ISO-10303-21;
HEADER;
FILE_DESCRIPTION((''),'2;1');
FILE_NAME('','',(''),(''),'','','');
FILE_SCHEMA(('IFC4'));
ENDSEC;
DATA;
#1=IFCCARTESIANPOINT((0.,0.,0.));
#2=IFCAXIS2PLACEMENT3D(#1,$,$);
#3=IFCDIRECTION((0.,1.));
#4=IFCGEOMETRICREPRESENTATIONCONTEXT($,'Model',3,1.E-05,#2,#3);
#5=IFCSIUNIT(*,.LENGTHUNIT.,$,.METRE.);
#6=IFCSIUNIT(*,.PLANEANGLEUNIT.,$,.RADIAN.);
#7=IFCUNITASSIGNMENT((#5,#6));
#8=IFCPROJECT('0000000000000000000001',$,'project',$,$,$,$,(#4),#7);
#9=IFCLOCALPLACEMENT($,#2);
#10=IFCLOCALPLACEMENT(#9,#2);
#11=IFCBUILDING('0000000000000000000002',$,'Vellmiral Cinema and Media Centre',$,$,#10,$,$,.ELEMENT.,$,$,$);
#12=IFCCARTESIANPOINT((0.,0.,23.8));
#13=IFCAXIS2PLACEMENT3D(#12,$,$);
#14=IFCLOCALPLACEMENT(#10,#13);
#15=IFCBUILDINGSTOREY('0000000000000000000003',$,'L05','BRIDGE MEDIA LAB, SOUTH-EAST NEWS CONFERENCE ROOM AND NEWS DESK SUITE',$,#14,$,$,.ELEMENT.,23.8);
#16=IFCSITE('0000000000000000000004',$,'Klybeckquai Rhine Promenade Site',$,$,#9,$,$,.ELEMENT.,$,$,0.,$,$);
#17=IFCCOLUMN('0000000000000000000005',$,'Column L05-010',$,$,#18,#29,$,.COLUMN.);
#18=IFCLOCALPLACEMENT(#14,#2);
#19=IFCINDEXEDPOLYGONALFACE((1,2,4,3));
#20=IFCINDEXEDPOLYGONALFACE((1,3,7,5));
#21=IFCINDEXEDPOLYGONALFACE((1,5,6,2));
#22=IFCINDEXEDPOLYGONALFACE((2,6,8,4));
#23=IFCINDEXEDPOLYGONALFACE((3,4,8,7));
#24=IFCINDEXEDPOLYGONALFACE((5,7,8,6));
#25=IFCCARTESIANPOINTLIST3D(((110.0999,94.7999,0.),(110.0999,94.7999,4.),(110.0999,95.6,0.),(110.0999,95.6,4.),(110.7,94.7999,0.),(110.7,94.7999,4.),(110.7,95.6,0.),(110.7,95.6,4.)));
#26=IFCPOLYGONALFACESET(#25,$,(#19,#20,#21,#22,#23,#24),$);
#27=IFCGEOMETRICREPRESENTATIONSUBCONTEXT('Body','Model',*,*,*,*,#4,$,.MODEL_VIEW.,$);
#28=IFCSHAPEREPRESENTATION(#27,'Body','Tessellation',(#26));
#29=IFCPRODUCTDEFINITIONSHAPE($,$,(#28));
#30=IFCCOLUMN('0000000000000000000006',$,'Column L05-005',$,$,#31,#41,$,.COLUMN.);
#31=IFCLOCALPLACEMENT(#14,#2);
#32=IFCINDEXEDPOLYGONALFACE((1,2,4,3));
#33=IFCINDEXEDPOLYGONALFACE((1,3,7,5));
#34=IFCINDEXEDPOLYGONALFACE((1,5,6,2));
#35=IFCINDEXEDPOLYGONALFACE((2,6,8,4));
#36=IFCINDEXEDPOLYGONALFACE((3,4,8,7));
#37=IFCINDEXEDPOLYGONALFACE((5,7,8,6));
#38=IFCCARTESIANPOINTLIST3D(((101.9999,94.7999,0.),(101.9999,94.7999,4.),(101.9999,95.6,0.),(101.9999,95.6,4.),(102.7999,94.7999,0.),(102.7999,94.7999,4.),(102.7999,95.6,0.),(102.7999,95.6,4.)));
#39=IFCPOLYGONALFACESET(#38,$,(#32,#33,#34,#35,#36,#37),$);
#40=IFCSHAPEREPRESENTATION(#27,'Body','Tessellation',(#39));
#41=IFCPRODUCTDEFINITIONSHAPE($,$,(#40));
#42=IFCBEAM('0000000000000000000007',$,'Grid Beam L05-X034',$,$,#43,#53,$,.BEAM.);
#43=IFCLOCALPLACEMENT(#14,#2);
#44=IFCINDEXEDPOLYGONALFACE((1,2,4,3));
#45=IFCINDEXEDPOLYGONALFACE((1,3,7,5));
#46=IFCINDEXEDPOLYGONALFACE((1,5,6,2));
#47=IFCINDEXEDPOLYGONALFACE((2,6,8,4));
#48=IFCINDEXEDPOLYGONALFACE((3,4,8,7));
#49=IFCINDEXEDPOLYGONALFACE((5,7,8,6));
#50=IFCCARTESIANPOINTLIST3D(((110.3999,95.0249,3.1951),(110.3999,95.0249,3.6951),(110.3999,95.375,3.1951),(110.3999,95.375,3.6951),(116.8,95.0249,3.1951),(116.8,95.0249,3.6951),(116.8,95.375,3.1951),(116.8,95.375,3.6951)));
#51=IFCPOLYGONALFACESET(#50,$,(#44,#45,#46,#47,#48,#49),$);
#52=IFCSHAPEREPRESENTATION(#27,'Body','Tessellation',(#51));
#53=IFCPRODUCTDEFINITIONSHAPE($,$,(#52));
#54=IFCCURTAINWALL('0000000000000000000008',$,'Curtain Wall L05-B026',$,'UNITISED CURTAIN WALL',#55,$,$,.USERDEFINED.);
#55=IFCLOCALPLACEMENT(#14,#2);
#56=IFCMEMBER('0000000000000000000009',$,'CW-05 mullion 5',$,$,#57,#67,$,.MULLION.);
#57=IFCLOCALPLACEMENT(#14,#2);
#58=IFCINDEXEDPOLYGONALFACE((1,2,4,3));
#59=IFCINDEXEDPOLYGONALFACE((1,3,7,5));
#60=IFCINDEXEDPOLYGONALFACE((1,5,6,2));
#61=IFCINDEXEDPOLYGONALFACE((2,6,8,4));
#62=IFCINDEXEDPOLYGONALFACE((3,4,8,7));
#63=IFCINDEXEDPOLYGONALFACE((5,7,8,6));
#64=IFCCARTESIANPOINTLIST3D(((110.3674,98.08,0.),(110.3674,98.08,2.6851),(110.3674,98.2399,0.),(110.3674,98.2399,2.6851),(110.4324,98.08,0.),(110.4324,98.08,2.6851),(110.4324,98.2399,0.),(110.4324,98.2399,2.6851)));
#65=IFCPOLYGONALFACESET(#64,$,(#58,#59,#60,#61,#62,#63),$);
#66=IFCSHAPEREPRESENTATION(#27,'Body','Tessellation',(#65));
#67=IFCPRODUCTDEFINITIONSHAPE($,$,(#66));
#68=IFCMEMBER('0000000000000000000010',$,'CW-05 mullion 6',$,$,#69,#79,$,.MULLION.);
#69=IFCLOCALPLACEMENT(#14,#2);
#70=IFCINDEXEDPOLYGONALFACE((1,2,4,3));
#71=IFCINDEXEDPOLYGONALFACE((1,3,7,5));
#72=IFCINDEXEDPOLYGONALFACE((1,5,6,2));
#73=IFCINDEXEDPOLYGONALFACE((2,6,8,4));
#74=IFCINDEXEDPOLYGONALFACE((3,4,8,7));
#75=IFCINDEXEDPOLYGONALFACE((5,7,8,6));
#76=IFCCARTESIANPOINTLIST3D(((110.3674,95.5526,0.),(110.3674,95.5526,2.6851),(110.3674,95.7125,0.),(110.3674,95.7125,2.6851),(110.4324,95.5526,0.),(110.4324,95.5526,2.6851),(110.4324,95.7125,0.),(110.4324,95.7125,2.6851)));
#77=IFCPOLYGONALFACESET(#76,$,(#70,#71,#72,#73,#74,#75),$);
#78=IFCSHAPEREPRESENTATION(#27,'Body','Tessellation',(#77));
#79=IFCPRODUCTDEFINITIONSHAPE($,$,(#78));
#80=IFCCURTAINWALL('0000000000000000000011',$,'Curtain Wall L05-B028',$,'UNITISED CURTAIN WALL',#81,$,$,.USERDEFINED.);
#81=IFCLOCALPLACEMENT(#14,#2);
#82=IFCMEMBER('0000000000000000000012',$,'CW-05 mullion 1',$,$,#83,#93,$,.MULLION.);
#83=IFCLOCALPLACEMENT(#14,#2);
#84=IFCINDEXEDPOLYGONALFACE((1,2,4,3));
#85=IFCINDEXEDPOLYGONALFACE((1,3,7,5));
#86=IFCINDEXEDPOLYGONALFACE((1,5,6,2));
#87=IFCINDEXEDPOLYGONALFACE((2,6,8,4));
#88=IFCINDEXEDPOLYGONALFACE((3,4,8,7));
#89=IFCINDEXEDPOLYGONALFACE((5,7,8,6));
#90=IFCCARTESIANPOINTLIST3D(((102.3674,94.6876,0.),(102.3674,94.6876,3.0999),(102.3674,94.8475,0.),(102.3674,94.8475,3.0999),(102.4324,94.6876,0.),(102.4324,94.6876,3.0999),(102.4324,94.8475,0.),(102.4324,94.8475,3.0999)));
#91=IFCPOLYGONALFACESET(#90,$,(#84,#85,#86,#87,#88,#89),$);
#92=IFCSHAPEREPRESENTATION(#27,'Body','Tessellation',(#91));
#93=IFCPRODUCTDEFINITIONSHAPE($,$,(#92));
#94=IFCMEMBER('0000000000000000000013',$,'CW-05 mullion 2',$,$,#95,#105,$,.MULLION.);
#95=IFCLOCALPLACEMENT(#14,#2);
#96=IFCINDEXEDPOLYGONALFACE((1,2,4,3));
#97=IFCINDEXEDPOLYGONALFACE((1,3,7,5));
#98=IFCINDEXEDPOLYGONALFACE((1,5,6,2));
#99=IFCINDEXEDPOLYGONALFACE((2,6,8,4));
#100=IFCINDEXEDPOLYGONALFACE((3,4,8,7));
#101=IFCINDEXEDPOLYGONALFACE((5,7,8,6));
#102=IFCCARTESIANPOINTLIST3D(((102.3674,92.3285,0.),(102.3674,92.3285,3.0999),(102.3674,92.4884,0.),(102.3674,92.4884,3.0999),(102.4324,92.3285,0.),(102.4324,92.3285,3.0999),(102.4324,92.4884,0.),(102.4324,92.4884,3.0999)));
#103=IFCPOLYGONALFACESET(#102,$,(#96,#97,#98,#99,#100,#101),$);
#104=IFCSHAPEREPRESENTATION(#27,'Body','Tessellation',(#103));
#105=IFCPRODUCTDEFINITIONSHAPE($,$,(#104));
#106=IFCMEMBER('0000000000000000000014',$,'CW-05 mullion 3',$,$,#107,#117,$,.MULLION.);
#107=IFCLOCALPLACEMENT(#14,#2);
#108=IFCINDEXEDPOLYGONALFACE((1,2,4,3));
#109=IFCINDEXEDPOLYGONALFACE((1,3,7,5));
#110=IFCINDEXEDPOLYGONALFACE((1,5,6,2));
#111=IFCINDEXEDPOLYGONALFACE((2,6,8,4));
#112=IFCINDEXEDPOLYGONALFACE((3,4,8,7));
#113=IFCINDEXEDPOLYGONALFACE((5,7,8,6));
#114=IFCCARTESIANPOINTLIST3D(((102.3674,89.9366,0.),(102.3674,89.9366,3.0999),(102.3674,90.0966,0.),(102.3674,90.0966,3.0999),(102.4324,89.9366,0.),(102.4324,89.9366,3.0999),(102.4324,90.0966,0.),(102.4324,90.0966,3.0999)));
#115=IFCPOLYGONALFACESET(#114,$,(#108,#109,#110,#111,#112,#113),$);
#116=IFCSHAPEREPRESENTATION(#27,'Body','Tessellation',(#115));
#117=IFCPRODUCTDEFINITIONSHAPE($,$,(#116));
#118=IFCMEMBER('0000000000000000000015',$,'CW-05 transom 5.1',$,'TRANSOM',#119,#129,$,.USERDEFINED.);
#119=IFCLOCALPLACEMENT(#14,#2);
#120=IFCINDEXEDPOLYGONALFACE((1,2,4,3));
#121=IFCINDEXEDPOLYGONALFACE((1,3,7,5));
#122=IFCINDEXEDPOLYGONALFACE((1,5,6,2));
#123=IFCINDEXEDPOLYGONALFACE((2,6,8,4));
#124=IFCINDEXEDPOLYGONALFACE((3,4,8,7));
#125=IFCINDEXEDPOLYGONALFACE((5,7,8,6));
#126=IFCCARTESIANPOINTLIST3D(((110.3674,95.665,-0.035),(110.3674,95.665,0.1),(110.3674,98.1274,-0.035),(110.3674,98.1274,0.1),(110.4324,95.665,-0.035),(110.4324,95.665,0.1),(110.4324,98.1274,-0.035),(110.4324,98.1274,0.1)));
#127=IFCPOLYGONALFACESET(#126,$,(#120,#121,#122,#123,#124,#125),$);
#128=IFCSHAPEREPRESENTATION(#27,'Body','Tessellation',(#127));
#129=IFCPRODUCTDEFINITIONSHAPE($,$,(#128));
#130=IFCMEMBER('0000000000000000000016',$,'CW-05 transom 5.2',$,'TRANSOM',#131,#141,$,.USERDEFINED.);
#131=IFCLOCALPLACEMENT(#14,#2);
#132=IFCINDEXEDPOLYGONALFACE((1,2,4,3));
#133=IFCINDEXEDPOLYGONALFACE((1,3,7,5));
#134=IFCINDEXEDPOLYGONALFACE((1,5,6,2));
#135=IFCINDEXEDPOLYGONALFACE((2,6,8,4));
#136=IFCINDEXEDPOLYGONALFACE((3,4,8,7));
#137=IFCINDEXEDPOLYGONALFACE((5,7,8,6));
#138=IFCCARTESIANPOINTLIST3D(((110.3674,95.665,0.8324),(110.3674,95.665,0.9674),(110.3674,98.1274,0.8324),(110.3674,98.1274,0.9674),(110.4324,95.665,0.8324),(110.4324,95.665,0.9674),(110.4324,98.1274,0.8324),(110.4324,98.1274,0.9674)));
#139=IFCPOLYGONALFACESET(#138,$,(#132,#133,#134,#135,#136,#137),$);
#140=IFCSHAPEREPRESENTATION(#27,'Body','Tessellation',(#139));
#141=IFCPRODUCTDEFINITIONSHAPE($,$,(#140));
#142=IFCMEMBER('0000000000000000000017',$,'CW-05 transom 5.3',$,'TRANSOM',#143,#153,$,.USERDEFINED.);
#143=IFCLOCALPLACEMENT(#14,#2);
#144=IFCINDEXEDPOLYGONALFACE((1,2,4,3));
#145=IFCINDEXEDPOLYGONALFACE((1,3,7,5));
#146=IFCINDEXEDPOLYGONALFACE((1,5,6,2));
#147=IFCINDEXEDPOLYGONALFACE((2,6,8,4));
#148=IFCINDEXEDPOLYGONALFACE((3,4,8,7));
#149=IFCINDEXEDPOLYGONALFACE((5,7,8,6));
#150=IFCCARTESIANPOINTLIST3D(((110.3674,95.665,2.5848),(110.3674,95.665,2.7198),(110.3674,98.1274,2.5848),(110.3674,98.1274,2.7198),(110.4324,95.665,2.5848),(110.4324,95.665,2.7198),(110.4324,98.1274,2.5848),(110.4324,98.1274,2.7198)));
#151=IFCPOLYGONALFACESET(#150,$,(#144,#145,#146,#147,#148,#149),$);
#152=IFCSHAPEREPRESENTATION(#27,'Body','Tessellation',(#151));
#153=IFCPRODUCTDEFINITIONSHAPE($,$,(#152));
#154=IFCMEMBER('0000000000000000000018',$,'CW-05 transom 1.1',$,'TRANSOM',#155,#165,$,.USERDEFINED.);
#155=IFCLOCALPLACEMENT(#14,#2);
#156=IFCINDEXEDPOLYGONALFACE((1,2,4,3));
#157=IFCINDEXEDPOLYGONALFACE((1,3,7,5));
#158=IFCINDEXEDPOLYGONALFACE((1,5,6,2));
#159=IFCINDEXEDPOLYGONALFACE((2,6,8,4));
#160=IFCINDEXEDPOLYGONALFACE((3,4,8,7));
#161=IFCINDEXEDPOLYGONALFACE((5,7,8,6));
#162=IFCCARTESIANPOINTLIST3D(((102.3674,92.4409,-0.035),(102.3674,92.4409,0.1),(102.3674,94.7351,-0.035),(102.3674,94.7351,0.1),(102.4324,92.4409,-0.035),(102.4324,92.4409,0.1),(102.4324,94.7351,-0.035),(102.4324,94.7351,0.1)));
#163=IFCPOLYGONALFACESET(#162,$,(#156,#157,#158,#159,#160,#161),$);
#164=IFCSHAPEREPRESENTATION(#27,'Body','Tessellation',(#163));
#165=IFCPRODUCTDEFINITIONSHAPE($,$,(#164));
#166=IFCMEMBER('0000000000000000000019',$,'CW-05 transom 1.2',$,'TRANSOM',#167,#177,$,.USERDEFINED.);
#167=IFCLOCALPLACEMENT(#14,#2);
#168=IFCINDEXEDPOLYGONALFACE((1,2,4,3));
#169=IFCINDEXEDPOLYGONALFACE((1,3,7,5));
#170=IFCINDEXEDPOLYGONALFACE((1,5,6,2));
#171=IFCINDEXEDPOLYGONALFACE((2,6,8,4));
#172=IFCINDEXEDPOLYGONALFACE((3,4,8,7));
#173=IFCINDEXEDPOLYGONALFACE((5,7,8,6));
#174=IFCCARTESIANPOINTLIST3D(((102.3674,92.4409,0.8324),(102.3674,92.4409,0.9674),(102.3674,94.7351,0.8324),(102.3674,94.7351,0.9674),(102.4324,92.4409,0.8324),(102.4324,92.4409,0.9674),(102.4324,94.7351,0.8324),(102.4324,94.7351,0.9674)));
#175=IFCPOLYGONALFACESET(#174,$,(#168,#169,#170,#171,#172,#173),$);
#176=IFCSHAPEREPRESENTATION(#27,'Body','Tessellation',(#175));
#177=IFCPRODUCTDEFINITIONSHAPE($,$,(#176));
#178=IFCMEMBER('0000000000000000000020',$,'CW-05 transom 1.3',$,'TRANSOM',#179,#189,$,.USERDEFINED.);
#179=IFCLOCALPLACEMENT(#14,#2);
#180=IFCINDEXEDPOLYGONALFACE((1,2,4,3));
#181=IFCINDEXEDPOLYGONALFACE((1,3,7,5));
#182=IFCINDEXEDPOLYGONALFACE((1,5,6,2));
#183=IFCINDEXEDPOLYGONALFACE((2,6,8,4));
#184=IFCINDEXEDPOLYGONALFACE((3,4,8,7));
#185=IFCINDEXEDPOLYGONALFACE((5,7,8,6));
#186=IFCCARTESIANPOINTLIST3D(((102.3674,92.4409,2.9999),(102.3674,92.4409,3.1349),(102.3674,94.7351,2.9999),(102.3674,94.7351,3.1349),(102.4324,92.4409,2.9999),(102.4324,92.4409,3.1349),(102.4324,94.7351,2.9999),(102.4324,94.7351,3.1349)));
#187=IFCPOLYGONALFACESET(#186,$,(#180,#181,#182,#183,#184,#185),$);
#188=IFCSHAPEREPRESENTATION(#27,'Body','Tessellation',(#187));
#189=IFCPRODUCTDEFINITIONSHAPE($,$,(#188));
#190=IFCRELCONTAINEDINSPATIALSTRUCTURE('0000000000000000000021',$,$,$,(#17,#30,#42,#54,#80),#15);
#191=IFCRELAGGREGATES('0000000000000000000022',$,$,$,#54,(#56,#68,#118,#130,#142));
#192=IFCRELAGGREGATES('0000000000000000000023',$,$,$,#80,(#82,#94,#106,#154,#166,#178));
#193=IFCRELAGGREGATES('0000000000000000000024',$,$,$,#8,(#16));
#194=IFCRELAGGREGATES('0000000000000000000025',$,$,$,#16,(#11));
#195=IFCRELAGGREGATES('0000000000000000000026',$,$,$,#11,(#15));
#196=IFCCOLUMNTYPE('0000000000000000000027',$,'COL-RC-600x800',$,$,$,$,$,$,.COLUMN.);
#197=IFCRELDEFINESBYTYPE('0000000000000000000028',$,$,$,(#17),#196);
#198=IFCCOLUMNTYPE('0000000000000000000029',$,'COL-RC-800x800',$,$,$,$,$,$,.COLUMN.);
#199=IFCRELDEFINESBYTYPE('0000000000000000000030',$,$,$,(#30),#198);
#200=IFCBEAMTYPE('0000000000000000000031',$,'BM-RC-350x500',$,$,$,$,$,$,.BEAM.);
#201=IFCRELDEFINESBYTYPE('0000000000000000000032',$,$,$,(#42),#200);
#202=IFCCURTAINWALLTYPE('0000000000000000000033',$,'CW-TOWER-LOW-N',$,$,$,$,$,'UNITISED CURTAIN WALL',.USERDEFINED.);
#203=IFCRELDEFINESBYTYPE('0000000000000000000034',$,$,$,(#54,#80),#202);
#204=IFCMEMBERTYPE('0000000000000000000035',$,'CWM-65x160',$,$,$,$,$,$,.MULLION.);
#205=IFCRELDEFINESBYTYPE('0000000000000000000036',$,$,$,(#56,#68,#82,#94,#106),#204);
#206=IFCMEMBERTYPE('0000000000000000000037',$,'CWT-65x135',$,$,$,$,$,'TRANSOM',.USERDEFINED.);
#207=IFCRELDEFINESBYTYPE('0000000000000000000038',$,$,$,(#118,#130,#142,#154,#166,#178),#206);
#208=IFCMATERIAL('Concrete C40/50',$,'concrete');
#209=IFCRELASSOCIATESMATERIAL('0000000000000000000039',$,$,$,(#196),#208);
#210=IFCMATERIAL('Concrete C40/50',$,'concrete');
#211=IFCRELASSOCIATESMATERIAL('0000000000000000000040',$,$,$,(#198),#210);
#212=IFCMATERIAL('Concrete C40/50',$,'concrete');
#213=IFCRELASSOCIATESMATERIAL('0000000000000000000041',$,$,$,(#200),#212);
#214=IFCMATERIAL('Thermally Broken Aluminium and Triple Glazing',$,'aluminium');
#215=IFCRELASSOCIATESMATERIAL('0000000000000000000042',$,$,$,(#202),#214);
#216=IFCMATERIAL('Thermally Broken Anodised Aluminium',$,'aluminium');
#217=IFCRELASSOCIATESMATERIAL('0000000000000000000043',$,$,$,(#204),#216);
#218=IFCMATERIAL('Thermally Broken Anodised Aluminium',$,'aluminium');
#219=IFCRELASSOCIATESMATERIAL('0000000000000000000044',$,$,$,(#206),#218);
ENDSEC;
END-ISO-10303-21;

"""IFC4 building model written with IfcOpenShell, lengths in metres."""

from ifc_helpers import new_model, si_unit, direction, frame, origin, origin_2d, place, context, subcontext, project, spatial, rectangle, extrude, material, material_profile, profile_set, type_object, element, aggregate, save


model = new_model("IFC4")

# Units and contexts
model_context = context("Model", 3, precision=1e-05, world=origin(), true_north=direction((0.0, 1.0)))
body_context = subcontext(model_context, "Body", "Model", "MODEL_VIEW")
ifc_project = project(units=[si_unit("LENGTHUNIT", "METRE"), si_unit("PLANEANGLEUNIT", "RADIAN")], contexts=[model_context])

# Site, building, storey
site_placement = place(None, origin())
site = spatial("IfcSite", under=ifc_project, at=site_placement, Name="Klybeckquai Rhine Promenade Site", CompositionType="ELEMENT", RefElevation=0.0)
building_placement = place(site_placement, origin())
building = spatial("IfcBuilding", under=site, at=building_placement, Name="Vellmiral Cinema and Media Centre", CompositionType="ELEMENT")
storey_placement = place(building_placement, frame((0.0, 0.0, 23.8)))
storey = spatial("IfcBuildingStorey", under=building, at=storey_placement, Name="L05", Description="BRIDGE MEDIA LAB, SOUTH-EAST NEWS CONFERENCE ROOM AND NEWS DESK SUITE", CompositionType="ELEMENT", Elevation=23.8)

# Columns
ifc_material_1 = material(Name="Concrete C40/50", Category="concrete")
ifc_material_profile_1 = material_profile(ifc_material_1, rectangle(XDim=0.6001, YDim=0.8, at=origin_2d()), Name="RC 600x800")
ifc_profile_set_1 = profile_set([ifc_material_profile_1], Name="Concrete C40/50")
column_type_1 = type_object("IfcColumnType", Name="COL-RC-600x800", PredefinedType="COLUMN", material=ifc_profile_set_1)
column_1_placement = place(storey_placement, frame((110.3999, 95.2, 0.0), z_axis=(0.0, 0.0, 1.0), x_axis=(1.0, 0.0, 0.0)))
element("IfcColumn", 1, at=column_1_placement, inside=storey, type_object=column_type_1, Name="Column L05-010", PredefinedType="COLUMN", context=body_context, shape_type="SweptSolid", body=[
    extrude(rectangle(XDim=0.6001, YDim=0.8, at=origin_2d()), origin(), (0.0, 0.0, 1.0), 4.0),
])
ifc_material_2 = material(Name="Concrete C40/50", Category="concrete")
ifc_material_profile_2 = material_profile(ifc_material_2, rectangle(XDim=0.8, YDim=0.8, at=origin_2d()), Name="RC 800x800")
ifc_profile_set_2 = profile_set([ifc_material_profile_2], Name="Concrete C40/50")
column_type_2 = type_object("IfcColumnType", Name="COL-RC-800x800", PredefinedType="COLUMN", material=ifc_profile_set_2)
column_2_placement = place(storey_placement, frame((102.3999, 95.2, 0.0), z_axis=(0.0, 0.0, 1.0), x_axis=(1.0, 0.0, 0.0)))
element("IfcColumn", 2, at=column_2_placement, inside=storey, type_object=column_type_2, Name="Column L05-005", PredefinedType="COLUMN", context=body_context, shape_type="SweptSolid", body=[
    extrude(rectangle(XDim=0.8, YDim=0.8, at=origin_2d()), origin(), (0.0, 0.0, 1.0), 4.0),
])

# Beam
ifc_material_3 = material(Name="Concrete C40/50", Category="concrete")
ifc_material_profile_3 = material_profile(ifc_material_3, rectangle(XDim=0.3501, YDim=0.5, at=origin_2d()), Name="RC 350x500")
ifc_profile_set_3 = profile_set([ifc_material_profile_3], Name="Concrete C40/50")
beam_type_1 = type_object("IfcBeamType", Name="BM-RC-350x500", PredefinedType="BEAM", material=ifc_profile_set_3)
beam_1_placement = place(storey_placement, frame((110.3999, 95.2, 3.4451), z_axis=(1.0, 0.0, 0.0), x_axis=(0.0, 1.0, 0.0)))
element("IfcBeam", 3, at=beam_1_placement, inside=storey, type_object=beam_type_1, Name="Grid Beam L05-X034", PredefinedType="BEAM", context=body_context, shape_type="SweptSolid", body=[
    extrude(rectangle(XDim=0.3501, YDim=0.5, at=origin_2d()), origin(), (0.0, 0.0, 1.0), 6.4001),
])

# Curtain walls, members
ifc_material_4 = material(Name="Thermally Broken Aluminium and Triple Glazing", Category="aluminium")
curtain_wall_type = type_object("IfcCurtainWallType", Name="CW-TOWER-LOW-N", ElementType="UNITISED CURTAIN WALL", PredefinedType="USERDEFINED", material=ifc_material_4)
curtain_wall_1_placement = place(storey_placement, origin())
curtain_wall_1 = element("IfcCurtainWall", 4, at=curtain_wall_1_placement, inside=storey, type_object=curtain_wall_type, Name="Curtain Wall L05-B026", ObjectType="UNITISED CURTAIN WALL", PredefinedType="USERDEFINED")
ifc_material_5 = material(Name="Thermally Broken Anodised Aluminium", Category="aluminium")
ifc_material_profile_4 = material_profile(ifc_material_5, rectangle(XDim=0.0649, YDim=0.1599, at=origin_2d()), Name="MULL 65x160")
ifc_profile_set_4 = profile_set([ifc_material_profile_4], Name="Thermally Broken Anodised Aluminium")
member_type_1 = type_object("IfcMemberType", Name="CWM-65x160", PredefinedType="MULLION", material=ifc_profile_set_4)
member_1_placement = place(storey_placement, frame((110.3999, 98.1599, 0.0), z_axis=(0.0, 0.0, 1.0), x_axis=(1.0, 0.0, 0.0)))
member_1 = element("IfcMember", 5, at=member_1_placement, type_object=member_type_1, Name="CW-05 mullion 5", PredefinedType="MULLION", context=body_context, shape_type="SweptSolid", body=[
    extrude(rectangle(XDim=0.0649, YDim=0.1599, at=origin_2d()), origin(), (0.0, 0.0, 1.0), 2.6851),
])
member_2_placement = place(storey_placement, frame((110.3999, 95.6326, 0.0), z_axis=(0.0, 0.0, 1.0), x_axis=(1.0, 0.0, 0.0)))
member_2 = element("IfcMember", 6, at=member_2_placement, type_object=member_type_1, Name="CW-05 mullion 6", PredefinedType="MULLION", context=body_context, shape_type="SweptSolid", body=[
    extrude(rectangle(XDim=0.0649, YDim=0.1599, at=origin_2d()), origin(), (0.0, 0.0, 1.0), 2.6851),
])
curtain_wall_2_placement = place(storey_placement, origin())
curtain_wall_2 = element("IfcCurtainWall", 7, at=curtain_wall_2_placement, inside=storey, type_object=curtain_wall_type, Name="Curtain Wall L05-B028", ObjectType="UNITISED CURTAIN WALL", PredefinedType="USERDEFINED")
member_3_placement = place(storey_placement, frame((102.3999, 94.7676, 0.0), z_axis=(0.0, 0.0, 1.0), x_axis=(1.0, 0.0, 0.0)))
member_3 = element("IfcMember", 8, at=member_3_placement, type_object=member_type_1, Name="CW-05 mullion 1", PredefinedType="MULLION", context=body_context, shape_type="SweptSolid", body=[
    extrude(rectangle(XDim=0.0649, YDim=0.1599, at=origin_2d()), origin(), (0.0, 0.0, 1.0), 3.0999),
])
member_4_placement = place(storey_placement, frame((102.3999, 92.4084, 0.0), z_axis=(0.0, 0.0, 1.0), x_axis=(1.0, 0.0, 0.0)))
member_4 = element("IfcMember", 9, at=member_4_placement, type_object=member_type_1, Name="CW-05 mullion 2", PredefinedType="MULLION", context=body_context, shape_type="SweptSolid", body=[
    extrude(rectangle(XDim=0.0649, YDim=0.1599, at=origin_2d()), origin(), (0.0, 0.0, 1.0), 3.0999),
])
member_5_placement = place(storey_placement, frame((102.3999, 90.0166, 0.0), z_axis=(0.0, 0.0, 1.0), x_axis=(1.0, 0.0, 0.0)))
member_5 = element("IfcMember", 10, at=member_5_placement, type_object=member_type_1, Name="CW-05 mullion 3", PredefinedType="MULLION", context=body_context, shape_type="SweptSolid", body=[
    extrude(rectangle(XDim=0.0649, YDim=0.1599, at=origin_2d()), origin(), (0.0, 0.0, 1.0), 3.0999),
])

# Members
ifc_material_6 = material(Name="Thermally Broken Anodised Aluminium", Category="aluminium")
ifc_material_profile_5 = material_profile(ifc_material_6, rectangle(XDim=0.0649, YDim=0.135, at=origin_2d()), Name="MULL 65x135")
ifc_profile_set_5 = profile_set([ifc_material_profile_5], Name="Thermally Broken Anodised Aluminium")
member_type_2 = type_object("IfcMemberType", Name="CWT-65x135", ElementType="TRANSOM", PredefinedType="USERDEFINED", material=ifc_profile_set_5)
member_6_placement = place(storey_placement, frame((110.3999, 98.1274, 0.0325), z_axis=(0.0, -1.0, 0.0), x_axis=(1.0, 0.0, 0.0)))
member_6 = element("IfcMember", 11, at=member_6_placement, type_object=member_type_2, Name="CW-05 transom 5.1", ObjectType="TRANSOM", PredefinedType="USERDEFINED", context=body_context, shape_type="SweptSolid", body=[
    extrude(rectangle(XDim=0.0649, YDim=0.135, at=origin_2d()), origin(), (0.0, 0.0, 1.0), 2.4624),
])
member_7_placement = place(storey_placement, frame((110.3999, 98.1274, 0.8999), z_axis=(0.0, -1.0, 0.0), x_axis=(1.0, 0.0, 0.0)))
member_7 = element("IfcMember", 12, at=member_7_placement, type_object=member_type_2, Name="CW-05 transom 5.2", ObjectType="TRANSOM", PredefinedType="USERDEFINED", context=body_context, shape_type="SweptSolid", body=[
    extrude(rectangle(XDim=0.0649, YDim=0.135, at=origin_2d()), origin(), (0.0, 0.0, 1.0), 2.4624),
])
member_8_placement = place(storey_placement, frame((110.3999, 98.1274, 2.6523), z_axis=(0.0, -1.0, 0.0), x_axis=(1.0, 0.0, 0.0)))
member_8 = element("IfcMember", 13, at=member_8_placement, type_object=member_type_2, Name="CW-05 transom 5.3", ObjectType="TRANSOM", PredefinedType="USERDEFINED", context=body_context, shape_type="SweptSolid", body=[
    extrude(rectangle(XDim=0.0649, YDim=0.135, at=origin_2d()), origin(), (0.0, 0.0, 1.0), 2.4624),
])
member_9_placement = place(storey_placement, frame((102.3999, 94.7351, 0.0325), z_axis=(0.0, -1.0, 0.0), x_axis=(1.0, 0.0, 0.0)))
member_9 = element("IfcMember", 14, at=member_9_placement, type_object=member_type_2, Name="CW-05 transom 1.1", ObjectType="TRANSOM", PredefinedType="USERDEFINED", context=body_context, shape_type="SweptSolid", body=[
    extrude(rectangle(XDim=0.0649, YDim=0.135, at=origin_2d()), origin(), (0.0, 0.0, 1.0), 2.2942),
])
member_10_placement = place(storey_placement, frame((102.3999, 94.7351, 0.8999), z_axis=(0.0, -1.0, 0.0), x_axis=(1.0, 0.0, 0.0)))
member_10 = element("IfcMember", 15, at=member_10_placement, type_object=member_type_2, Name="CW-05 transom 1.2", ObjectType="TRANSOM", PredefinedType="USERDEFINED", context=body_context, shape_type="SweptSolid", body=[
    extrude(rectangle(XDim=0.0649, YDim=0.135, at=origin_2d()), origin(), (0.0, 0.0, 1.0), 2.2942),
])
member_11_placement = place(storey_placement, frame((102.3999, 94.7351, 3.0674), z_axis=(0.0, -1.0, 0.0), x_axis=(1.0, 0.0, 0.0)))
member_11 = element("IfcMember", 16, at=member_11_placement, type_object=member_type_2, Name="CW-05 transom 1.3", ObjectType="TRANSOM", PredefinedType="USERDEFINED", context=body_context, shape_type="SweptSolid", body=[
    extrude(rectangle(XDim=0.0649, YDim=0.135, at=origin_2d()), origin(), (0.0, 0.0, 1.0), 2.2942),
])

aggregate(curtain_wall_1, [member_1, member_2, member_6, member_7, member_8])
aggregate(curtain_wall_2, [member_3, member_4, member_5, member_9, member_10, member_11])

save(model, "model.ifc")
